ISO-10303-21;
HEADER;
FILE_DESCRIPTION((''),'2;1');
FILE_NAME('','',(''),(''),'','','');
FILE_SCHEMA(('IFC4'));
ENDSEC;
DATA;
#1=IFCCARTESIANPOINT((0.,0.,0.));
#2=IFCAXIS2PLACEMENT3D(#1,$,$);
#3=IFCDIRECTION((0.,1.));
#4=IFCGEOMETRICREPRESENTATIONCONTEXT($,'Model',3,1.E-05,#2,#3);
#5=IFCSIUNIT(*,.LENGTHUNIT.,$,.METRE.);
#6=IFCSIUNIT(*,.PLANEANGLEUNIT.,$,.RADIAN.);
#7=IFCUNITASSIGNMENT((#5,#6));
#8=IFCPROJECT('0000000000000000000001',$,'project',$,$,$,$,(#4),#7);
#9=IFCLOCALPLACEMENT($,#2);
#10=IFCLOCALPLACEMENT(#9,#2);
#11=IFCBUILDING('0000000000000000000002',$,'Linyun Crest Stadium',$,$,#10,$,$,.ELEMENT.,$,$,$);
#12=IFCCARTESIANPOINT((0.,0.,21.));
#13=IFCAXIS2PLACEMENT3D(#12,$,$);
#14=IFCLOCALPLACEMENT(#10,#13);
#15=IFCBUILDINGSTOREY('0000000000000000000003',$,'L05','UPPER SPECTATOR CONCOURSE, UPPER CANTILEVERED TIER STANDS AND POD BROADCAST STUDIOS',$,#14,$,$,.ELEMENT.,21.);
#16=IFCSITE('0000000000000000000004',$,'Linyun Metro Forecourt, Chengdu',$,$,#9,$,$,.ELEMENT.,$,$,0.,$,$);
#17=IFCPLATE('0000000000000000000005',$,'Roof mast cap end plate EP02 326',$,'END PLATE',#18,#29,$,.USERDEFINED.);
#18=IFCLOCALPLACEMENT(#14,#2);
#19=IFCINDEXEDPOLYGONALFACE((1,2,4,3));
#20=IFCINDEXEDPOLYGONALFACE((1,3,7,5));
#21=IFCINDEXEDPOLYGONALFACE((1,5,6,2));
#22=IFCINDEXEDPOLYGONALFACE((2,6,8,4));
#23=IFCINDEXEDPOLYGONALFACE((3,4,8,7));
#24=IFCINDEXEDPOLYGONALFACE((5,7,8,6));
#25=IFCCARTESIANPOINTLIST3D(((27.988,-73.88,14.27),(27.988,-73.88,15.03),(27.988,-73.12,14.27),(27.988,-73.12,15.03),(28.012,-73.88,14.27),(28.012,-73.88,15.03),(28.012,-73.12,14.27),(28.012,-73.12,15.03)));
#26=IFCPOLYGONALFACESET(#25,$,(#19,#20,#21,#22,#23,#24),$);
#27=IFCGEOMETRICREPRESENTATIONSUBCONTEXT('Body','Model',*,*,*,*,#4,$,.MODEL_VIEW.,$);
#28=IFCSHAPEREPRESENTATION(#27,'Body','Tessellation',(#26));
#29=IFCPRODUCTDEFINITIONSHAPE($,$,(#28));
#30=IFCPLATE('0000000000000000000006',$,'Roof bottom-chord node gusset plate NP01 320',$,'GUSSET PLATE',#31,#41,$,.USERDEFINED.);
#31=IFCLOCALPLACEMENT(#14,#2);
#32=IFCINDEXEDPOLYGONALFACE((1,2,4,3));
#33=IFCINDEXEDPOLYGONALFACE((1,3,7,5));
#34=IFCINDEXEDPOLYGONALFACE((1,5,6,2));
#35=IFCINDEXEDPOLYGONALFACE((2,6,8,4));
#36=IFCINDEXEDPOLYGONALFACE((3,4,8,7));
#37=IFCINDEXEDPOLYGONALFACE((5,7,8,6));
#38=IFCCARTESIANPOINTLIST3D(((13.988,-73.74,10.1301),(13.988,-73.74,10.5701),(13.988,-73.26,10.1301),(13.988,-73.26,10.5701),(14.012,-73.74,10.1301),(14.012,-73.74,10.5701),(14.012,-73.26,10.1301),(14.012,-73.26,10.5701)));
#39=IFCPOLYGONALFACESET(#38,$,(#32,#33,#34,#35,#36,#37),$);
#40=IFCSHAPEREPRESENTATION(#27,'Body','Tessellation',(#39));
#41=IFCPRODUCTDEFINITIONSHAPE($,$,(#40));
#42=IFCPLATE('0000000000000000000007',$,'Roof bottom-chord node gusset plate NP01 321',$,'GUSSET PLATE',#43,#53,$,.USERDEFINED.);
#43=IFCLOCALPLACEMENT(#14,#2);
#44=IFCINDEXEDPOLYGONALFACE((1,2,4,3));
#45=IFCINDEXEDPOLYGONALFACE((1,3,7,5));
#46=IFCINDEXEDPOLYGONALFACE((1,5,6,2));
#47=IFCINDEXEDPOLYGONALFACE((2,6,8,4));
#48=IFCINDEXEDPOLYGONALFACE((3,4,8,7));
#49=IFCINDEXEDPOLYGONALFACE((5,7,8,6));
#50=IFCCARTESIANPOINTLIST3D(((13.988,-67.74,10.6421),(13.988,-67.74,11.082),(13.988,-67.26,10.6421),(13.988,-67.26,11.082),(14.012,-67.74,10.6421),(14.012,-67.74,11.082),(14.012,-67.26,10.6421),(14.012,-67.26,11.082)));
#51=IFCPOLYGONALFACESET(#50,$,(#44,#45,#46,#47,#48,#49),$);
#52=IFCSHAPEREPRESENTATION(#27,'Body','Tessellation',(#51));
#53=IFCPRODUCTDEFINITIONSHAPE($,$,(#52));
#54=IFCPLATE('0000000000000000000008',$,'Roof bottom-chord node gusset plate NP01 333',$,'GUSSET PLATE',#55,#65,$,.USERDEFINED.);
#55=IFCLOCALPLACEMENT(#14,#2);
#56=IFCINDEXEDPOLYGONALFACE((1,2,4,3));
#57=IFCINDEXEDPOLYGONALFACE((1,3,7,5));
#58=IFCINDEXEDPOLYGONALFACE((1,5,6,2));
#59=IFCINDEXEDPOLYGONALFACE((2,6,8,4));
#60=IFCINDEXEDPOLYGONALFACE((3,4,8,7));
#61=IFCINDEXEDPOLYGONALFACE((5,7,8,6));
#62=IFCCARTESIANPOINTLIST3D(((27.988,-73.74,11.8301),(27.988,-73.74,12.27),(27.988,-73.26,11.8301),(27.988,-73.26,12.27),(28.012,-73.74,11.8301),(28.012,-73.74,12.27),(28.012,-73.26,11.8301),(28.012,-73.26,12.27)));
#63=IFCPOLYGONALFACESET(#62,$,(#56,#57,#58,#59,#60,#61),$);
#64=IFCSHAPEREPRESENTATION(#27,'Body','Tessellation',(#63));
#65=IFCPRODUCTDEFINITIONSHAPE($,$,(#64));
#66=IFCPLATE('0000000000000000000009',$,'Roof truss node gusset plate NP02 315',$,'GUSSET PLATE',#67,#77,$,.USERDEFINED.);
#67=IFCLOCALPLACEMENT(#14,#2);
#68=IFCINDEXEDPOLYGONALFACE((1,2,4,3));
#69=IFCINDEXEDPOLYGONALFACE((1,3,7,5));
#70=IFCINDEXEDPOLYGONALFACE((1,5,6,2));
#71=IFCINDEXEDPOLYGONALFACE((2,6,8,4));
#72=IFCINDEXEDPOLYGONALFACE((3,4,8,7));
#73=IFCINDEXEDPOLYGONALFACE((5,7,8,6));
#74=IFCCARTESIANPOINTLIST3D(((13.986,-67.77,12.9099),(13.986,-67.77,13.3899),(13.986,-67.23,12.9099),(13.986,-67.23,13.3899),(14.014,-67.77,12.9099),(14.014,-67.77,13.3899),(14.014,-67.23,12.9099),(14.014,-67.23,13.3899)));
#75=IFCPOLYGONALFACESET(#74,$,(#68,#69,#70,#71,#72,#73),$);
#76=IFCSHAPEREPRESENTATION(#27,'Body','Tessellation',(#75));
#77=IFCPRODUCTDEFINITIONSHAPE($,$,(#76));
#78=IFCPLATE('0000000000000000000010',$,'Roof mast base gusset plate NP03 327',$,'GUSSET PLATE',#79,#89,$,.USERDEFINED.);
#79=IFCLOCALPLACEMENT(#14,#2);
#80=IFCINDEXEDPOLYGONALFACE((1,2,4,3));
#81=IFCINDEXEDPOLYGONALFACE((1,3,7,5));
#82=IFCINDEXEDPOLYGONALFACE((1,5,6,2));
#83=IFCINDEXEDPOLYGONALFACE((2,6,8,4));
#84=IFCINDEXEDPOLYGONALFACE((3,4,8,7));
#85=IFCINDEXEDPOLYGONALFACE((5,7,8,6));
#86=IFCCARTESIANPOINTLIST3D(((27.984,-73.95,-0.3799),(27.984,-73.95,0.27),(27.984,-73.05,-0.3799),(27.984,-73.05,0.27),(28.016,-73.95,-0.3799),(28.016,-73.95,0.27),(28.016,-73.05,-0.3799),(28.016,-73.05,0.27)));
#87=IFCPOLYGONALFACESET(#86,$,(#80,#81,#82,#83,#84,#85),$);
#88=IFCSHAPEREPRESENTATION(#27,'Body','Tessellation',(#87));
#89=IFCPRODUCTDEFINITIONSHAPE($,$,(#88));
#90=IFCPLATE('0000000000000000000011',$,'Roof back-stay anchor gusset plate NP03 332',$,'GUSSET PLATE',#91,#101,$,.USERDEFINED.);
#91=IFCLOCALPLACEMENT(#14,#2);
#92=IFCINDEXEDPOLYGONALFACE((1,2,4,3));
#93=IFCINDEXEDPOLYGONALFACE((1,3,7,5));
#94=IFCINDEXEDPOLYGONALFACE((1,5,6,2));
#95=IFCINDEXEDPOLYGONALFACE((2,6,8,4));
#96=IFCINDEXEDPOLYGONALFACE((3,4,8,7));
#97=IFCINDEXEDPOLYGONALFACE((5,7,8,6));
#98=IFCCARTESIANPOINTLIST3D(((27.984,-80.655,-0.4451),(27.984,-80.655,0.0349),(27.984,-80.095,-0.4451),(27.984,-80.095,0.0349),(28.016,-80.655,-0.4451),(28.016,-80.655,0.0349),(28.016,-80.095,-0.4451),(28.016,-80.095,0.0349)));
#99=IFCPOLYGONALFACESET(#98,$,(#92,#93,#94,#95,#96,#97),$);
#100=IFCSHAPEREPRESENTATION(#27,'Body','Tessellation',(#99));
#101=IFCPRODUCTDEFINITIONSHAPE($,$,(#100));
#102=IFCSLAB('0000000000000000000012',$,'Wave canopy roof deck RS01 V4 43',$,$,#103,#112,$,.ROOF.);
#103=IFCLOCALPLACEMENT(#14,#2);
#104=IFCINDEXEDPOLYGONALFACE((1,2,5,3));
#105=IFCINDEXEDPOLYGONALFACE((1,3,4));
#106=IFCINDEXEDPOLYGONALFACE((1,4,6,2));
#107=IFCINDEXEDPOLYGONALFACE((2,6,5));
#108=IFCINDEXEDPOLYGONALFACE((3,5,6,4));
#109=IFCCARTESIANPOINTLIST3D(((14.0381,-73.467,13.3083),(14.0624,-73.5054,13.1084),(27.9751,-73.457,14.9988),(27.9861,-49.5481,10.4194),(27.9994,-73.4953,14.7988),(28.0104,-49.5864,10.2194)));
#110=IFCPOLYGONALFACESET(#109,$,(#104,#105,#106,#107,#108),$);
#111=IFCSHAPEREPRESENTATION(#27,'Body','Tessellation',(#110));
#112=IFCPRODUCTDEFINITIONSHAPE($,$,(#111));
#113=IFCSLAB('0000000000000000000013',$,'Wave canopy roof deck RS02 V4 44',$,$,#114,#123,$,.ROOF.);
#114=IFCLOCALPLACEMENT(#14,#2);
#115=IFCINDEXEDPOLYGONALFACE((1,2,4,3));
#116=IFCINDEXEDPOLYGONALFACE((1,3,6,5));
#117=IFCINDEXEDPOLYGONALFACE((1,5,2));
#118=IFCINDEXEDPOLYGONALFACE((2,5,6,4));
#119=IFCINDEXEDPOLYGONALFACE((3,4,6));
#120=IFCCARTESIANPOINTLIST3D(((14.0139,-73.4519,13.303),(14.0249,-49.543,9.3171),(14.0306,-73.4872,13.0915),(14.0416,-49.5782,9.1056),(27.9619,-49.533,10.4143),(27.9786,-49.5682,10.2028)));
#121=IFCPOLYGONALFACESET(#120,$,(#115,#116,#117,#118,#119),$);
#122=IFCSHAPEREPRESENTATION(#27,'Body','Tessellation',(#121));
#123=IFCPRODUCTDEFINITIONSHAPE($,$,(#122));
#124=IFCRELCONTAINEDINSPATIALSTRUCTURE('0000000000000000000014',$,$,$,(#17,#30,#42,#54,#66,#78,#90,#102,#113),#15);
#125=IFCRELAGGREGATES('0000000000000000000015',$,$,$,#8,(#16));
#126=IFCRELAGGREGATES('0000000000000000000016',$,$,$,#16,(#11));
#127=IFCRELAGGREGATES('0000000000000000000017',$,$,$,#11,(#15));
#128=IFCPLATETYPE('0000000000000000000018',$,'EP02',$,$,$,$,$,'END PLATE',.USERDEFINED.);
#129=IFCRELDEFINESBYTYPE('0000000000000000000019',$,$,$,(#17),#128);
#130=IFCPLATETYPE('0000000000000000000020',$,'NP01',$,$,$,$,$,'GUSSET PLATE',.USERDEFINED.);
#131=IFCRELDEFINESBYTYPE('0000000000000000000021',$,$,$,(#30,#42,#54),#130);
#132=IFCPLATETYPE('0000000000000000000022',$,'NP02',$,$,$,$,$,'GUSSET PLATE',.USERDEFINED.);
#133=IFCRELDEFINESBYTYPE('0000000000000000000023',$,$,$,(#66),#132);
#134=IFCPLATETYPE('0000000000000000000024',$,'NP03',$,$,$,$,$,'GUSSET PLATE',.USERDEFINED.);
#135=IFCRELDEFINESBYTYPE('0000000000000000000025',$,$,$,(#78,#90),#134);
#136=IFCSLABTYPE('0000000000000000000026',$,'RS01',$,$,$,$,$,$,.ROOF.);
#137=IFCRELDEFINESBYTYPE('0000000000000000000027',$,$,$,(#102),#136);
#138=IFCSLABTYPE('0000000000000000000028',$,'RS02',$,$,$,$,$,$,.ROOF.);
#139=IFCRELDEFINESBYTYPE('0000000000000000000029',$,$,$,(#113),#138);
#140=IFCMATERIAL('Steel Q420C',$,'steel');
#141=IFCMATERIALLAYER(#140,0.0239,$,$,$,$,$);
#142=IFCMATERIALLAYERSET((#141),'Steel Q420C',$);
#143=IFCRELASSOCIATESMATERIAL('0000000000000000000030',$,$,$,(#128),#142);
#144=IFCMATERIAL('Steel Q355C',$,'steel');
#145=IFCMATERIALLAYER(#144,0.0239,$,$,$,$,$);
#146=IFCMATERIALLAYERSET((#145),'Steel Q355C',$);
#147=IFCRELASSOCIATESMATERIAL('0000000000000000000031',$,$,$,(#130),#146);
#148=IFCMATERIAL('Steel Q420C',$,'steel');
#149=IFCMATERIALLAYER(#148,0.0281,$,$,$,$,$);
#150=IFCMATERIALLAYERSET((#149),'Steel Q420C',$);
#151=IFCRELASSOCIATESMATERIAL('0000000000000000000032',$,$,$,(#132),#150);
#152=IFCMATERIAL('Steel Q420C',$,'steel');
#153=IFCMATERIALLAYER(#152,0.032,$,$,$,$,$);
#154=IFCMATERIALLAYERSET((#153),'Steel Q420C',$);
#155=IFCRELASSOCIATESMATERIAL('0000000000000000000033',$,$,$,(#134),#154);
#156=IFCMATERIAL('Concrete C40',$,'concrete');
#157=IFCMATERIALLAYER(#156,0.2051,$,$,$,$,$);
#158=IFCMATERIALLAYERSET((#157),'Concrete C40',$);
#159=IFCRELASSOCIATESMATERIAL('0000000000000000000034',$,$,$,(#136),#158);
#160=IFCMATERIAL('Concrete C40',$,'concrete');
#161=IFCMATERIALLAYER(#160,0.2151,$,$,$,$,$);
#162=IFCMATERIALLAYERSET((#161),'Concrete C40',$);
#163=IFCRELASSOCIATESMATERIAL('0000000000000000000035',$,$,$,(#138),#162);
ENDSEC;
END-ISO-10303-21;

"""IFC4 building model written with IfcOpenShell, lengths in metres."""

from ifc_helpers import new_model, si_unit, direction, frame, origin, origin_2d, place, context, subcontext, project, spatial, polyline, rectangle, outline, extrude, material, layer, layer_set, type_object, element, save


model = new_model("IFC4")

# Units and contexts
model_context = context("Model", 3, precision=1e-05, world=origin(), true_north=direction((0.0, 1.0)))
body_context = subcontext(model_context, "Body", "Model", "MODEL_VIEW")
ifc_project = project(units=[si_unit("LENGTHUNIT", "METRE"), si_unit("PLANEANGLEUNIT", "RADIAN")], contexts=[model_context])

# Site, building, storey
site_placement = place(None, origin())
site = spatial("IfcSite", under=ifc_project, at=site_placement, Name="Linyun Metro Forecourt, Chengdu", CompositionType="ELEMENT", RefElevation=0.0)
building_placement = place(site_placement, origin())
building = spatial("IfcBuilding", under=site, at=building_placement, Name="Linyun Crest Stadium", CompositionType="ELEMENT")
storey_placement = place(building_placement, frame((0.0, 0.0, 21.0)))
storey = spatial("IfcBuildingStorey", under=building, at=storey_placement, Name="L05", Description="UPPER SPECTATOR CONCOURSE, UPPER CANTILEVERED TIER STANDS AND POD BROADCAST STUDIOS", CompositionType="ELEMENT", Elevation=21.0)

# Plates
ifc_material_1 = material(Name="Steel Q420C", Category="steel")
ifc_layer_1 = layer(ifc_material_1, 0.0239)
ifc_layer_set_1 = layer_set([ifc_layer_1], Name="Steel Q420C")
plate_type_1 = type_object("IfcPlateType", Name="EP02", ElementType="END PLATE", PredefinedType="USERDEFINED", material=ifc_layer_set_1)
plate_1_placement = place(storey_placement, frame((28.0, -73.5, 14.27), z_axis=(0.0, 0.0, 1.0), x_axis=(0.0, 1.0, 0.0)))
element("IfcPlate", 1, at=plate_1_placement, inside=storey, type_object=plate_type_1, Name="Roof mast cap end plate EP02 326", ObjectType="END PLATE", PredefinedType="USERDEFINED", context=body_context, shape_type="SweptSolid", body=[
    extrude(rectangle(XDim=0.76, YDim=0.0239, at=origin_2d()), origin(), (0.0, 0.0, 1.0), 0.76),
])
ifc_material_2 = material(Name="Steel Q355C", Category="steel")
ifc_layer_2 = layer(ifc_material_2, 0.0239)
ifc_layer_set_2 = layer_set([ifc_layer_2], Name="Steel Q355C")
plate_type_2 = type_object("IfcPlateType", Name="NP01", ElementType="GUSSET PLATE", PredefinedType="USERDEFINED", material=ifc_layer_set_2)
for number, where, z_axis, x_axis, name in (
    (2, (14.0, -73.5, 10.1301), (0.0, 0.0, 1.0), (0.0, 1.0, 0.0), "Roof bottom-chord node gusset plate NP01 320"),
    (3, (14.0, -67.5, 10.6421), (0.0, 0.0, 1.0), (0.0, 1.0, 0.0), "Roof bottom-chord node gusset plate NP01 321"),
    (4, (28.0, -73.5, 11.8301), (0.0, 0.0, 1.0), (0.0, 1.0, 0.0), "Roof bottom-chord node gusset plate NP01 333"),
):
    element("IfcPlate", number, at=place(storey_placement, frame(where, z_axis=z_axis, x_axis=x_axis)), inside=storey, type_object=plate_type_2, Name=name, ObjectType="GUSSET PLATE", PredefinedType="USERDEFINED", context=body_context, shape_type="SweptSolid", body=[
        extrude(rectangle(XDim=0.48, YDim=0.0239, at=origin_2d()), origin(), (0.0, 0.0, 1.0), 0.4399),
    ])
ifc_material_3 = material(Name="Steel Q420C", Category="steel")
ifc_layer_3 = layer(ifc_material_3, 0.0281)
ifc_layer_set_3 = layer_set([ifc_layer_3], Name="Steel Q420C")
plate_type_3 = type_object("IfcPlateType", Name="NP02", ElementType="GUSSET PLATE", PredefinedType="USERDEFINED", material=ifc_layer_set_3)
plate_2_placement = place(storey_placement, frame((14.0, -67.5, 12.9099), z_axis=(0.0, 0.0, 1.0), x_axis=(0.0, 1.0, 0.0)))
element("IfcPlate", 5, at=plate_2_placement, inside=storey, type_object=plate_type_3, Name="Roof truss node gusset plate NP02 315", ObjectType="GUSSET PLATE", PredefinedType="USERDEFINED", context=body_context, shape_type="SweptSolid", body=[
    extrude(rectangle(XDim=0.54, YDim=0.0281, at=origin_2d()), origin(), (0.0, 0.0, 1.0), 0.48),
])
ifc_material_4 = material(Name="Steel Q420C", Category="steel")
ifc_layer_4 = layer(ifc_material_4, 0.032)
ifc_layer_set_4 = layer_set([ifc_layer_4], Name="Steel Q420C")
plate_type_4 = type_object("IfcPlateType", Name="NP03", ElementType="GUSSET PLATE", PredefinedType="USERDEFINED", material=ifc_layer_set_4)
plate_3_placement = place(storey_placement, frame((28.0, -73.5, -0.3799), z_axis=(0.0, 0.0, 1.0), x_axis=(0.0, 1.0, 0.0)))
element("IfcPlate", 6, at=plate_3_placement, inside=storey, type_object=plate_type_4, Name="Roof mast base gusset plate NP03 327", ObjectType="GUSSET PLATE", PredefinedType="USERDEFINED", context=body_context, shape_type="SweptSolid", body=[
    extrude(rectangle(XDim=0.8999, YDim=0.032, at=origin_2d()), origin(), (0.0, 0.0, 1.0), 0.6499),
])
plate_4_placement = place(storey_placement, frame((28.0, -80.375, -0.4451), z_axis=(0.0, 0.0, 1.0), x_axis=(0.0, 1.0, 0.0)))
element("IfcPlate", 7, at=plate_4_placement, inside=storey, type_object=plate_type_4, Name="Roof back-stay anchor gusset plate NP03 332", ObjectType="GUSSET PLATE", PredefinedType="USERDEFINED", context=body_context, shape_type="SweptSolid", body=[
    extrude(rectangle(XDim=0.5601, YDim=0.032, at=origin_2d()), origin(), (0.0, 0.0, 1.0), 0.48),
])

# Slabs
ifc_material_5 = material(Name="Concrete C40", Category="concrete")
ifc_layer_5 = layer(ifc_material_5, 0.2051)
ifc_layer_set_5 = layer_set([ifc_layer_5], Name="Concrete C40")
slab_type_1 = type_object("IfcSlabType", Name="RS01", PredefinedType="ROOF", material=ifc_layer_set_5)
slab_1_placement = place(storey_placement, frame((14.0381, -73.467, 13.3083), z_axis=(-0.11842, 0.186842, 0.975226), x_axis=(0.992724, 0.000713, 0.120408)))
element("IfcSlab", 8, at=slab_1_placement, inside=storey, type_object=slab_type_1, Name="Wave canopy roof deck RS01 V4 43", PredefinedType="ROOF", context=body_context, shape_type="SweptSolid", body=[
    extrude(outline(polyline([(0.0, 0.0), (14.0392, 0.0), (13.5157, 24.3379), (0.0, 0.0)])), origin(), (0.0, 0.0, -1.0), 0.2051),
])
ifc_material_6 = material(Name="Concrete C40", Category="concrete")
ifc_layer_6 = layer(ifc_material_6, 0.2151)
ifc_layer_set_6 = layer_set([ifc_layer_6], Name="Concrete C40")
slab_type_2 = type_object("IfcSlabType", Name="RS02", PredefinedType="ROOF", material=ifc_layer_set_6)
slab_2_placement = place(storey_placement, frame((14.0139, -73.4519, 13.303), z_axis=(-0.077535, 0.163979, 0.983412), x_axis=(0.501025, 0.85919, -0.103764)))
element("IfcSlab", 9, at=slab_2_placement, inside=storey, type_object=slab_type_2, Name="Wave canopy roof deck RS02 V4 44", PredefinedType="ROOF", context=body_context, shape_type="SweptSolid", body=[
    extrude(outline(polyline([(0.0, 0.0), (27.8389, 0.0), (20.9614, 12.1714), (0.0, 0.0)])), origin(), (0.0, 0.0, -1.0), 0.2151),
])

save(model, "model.ifc")
